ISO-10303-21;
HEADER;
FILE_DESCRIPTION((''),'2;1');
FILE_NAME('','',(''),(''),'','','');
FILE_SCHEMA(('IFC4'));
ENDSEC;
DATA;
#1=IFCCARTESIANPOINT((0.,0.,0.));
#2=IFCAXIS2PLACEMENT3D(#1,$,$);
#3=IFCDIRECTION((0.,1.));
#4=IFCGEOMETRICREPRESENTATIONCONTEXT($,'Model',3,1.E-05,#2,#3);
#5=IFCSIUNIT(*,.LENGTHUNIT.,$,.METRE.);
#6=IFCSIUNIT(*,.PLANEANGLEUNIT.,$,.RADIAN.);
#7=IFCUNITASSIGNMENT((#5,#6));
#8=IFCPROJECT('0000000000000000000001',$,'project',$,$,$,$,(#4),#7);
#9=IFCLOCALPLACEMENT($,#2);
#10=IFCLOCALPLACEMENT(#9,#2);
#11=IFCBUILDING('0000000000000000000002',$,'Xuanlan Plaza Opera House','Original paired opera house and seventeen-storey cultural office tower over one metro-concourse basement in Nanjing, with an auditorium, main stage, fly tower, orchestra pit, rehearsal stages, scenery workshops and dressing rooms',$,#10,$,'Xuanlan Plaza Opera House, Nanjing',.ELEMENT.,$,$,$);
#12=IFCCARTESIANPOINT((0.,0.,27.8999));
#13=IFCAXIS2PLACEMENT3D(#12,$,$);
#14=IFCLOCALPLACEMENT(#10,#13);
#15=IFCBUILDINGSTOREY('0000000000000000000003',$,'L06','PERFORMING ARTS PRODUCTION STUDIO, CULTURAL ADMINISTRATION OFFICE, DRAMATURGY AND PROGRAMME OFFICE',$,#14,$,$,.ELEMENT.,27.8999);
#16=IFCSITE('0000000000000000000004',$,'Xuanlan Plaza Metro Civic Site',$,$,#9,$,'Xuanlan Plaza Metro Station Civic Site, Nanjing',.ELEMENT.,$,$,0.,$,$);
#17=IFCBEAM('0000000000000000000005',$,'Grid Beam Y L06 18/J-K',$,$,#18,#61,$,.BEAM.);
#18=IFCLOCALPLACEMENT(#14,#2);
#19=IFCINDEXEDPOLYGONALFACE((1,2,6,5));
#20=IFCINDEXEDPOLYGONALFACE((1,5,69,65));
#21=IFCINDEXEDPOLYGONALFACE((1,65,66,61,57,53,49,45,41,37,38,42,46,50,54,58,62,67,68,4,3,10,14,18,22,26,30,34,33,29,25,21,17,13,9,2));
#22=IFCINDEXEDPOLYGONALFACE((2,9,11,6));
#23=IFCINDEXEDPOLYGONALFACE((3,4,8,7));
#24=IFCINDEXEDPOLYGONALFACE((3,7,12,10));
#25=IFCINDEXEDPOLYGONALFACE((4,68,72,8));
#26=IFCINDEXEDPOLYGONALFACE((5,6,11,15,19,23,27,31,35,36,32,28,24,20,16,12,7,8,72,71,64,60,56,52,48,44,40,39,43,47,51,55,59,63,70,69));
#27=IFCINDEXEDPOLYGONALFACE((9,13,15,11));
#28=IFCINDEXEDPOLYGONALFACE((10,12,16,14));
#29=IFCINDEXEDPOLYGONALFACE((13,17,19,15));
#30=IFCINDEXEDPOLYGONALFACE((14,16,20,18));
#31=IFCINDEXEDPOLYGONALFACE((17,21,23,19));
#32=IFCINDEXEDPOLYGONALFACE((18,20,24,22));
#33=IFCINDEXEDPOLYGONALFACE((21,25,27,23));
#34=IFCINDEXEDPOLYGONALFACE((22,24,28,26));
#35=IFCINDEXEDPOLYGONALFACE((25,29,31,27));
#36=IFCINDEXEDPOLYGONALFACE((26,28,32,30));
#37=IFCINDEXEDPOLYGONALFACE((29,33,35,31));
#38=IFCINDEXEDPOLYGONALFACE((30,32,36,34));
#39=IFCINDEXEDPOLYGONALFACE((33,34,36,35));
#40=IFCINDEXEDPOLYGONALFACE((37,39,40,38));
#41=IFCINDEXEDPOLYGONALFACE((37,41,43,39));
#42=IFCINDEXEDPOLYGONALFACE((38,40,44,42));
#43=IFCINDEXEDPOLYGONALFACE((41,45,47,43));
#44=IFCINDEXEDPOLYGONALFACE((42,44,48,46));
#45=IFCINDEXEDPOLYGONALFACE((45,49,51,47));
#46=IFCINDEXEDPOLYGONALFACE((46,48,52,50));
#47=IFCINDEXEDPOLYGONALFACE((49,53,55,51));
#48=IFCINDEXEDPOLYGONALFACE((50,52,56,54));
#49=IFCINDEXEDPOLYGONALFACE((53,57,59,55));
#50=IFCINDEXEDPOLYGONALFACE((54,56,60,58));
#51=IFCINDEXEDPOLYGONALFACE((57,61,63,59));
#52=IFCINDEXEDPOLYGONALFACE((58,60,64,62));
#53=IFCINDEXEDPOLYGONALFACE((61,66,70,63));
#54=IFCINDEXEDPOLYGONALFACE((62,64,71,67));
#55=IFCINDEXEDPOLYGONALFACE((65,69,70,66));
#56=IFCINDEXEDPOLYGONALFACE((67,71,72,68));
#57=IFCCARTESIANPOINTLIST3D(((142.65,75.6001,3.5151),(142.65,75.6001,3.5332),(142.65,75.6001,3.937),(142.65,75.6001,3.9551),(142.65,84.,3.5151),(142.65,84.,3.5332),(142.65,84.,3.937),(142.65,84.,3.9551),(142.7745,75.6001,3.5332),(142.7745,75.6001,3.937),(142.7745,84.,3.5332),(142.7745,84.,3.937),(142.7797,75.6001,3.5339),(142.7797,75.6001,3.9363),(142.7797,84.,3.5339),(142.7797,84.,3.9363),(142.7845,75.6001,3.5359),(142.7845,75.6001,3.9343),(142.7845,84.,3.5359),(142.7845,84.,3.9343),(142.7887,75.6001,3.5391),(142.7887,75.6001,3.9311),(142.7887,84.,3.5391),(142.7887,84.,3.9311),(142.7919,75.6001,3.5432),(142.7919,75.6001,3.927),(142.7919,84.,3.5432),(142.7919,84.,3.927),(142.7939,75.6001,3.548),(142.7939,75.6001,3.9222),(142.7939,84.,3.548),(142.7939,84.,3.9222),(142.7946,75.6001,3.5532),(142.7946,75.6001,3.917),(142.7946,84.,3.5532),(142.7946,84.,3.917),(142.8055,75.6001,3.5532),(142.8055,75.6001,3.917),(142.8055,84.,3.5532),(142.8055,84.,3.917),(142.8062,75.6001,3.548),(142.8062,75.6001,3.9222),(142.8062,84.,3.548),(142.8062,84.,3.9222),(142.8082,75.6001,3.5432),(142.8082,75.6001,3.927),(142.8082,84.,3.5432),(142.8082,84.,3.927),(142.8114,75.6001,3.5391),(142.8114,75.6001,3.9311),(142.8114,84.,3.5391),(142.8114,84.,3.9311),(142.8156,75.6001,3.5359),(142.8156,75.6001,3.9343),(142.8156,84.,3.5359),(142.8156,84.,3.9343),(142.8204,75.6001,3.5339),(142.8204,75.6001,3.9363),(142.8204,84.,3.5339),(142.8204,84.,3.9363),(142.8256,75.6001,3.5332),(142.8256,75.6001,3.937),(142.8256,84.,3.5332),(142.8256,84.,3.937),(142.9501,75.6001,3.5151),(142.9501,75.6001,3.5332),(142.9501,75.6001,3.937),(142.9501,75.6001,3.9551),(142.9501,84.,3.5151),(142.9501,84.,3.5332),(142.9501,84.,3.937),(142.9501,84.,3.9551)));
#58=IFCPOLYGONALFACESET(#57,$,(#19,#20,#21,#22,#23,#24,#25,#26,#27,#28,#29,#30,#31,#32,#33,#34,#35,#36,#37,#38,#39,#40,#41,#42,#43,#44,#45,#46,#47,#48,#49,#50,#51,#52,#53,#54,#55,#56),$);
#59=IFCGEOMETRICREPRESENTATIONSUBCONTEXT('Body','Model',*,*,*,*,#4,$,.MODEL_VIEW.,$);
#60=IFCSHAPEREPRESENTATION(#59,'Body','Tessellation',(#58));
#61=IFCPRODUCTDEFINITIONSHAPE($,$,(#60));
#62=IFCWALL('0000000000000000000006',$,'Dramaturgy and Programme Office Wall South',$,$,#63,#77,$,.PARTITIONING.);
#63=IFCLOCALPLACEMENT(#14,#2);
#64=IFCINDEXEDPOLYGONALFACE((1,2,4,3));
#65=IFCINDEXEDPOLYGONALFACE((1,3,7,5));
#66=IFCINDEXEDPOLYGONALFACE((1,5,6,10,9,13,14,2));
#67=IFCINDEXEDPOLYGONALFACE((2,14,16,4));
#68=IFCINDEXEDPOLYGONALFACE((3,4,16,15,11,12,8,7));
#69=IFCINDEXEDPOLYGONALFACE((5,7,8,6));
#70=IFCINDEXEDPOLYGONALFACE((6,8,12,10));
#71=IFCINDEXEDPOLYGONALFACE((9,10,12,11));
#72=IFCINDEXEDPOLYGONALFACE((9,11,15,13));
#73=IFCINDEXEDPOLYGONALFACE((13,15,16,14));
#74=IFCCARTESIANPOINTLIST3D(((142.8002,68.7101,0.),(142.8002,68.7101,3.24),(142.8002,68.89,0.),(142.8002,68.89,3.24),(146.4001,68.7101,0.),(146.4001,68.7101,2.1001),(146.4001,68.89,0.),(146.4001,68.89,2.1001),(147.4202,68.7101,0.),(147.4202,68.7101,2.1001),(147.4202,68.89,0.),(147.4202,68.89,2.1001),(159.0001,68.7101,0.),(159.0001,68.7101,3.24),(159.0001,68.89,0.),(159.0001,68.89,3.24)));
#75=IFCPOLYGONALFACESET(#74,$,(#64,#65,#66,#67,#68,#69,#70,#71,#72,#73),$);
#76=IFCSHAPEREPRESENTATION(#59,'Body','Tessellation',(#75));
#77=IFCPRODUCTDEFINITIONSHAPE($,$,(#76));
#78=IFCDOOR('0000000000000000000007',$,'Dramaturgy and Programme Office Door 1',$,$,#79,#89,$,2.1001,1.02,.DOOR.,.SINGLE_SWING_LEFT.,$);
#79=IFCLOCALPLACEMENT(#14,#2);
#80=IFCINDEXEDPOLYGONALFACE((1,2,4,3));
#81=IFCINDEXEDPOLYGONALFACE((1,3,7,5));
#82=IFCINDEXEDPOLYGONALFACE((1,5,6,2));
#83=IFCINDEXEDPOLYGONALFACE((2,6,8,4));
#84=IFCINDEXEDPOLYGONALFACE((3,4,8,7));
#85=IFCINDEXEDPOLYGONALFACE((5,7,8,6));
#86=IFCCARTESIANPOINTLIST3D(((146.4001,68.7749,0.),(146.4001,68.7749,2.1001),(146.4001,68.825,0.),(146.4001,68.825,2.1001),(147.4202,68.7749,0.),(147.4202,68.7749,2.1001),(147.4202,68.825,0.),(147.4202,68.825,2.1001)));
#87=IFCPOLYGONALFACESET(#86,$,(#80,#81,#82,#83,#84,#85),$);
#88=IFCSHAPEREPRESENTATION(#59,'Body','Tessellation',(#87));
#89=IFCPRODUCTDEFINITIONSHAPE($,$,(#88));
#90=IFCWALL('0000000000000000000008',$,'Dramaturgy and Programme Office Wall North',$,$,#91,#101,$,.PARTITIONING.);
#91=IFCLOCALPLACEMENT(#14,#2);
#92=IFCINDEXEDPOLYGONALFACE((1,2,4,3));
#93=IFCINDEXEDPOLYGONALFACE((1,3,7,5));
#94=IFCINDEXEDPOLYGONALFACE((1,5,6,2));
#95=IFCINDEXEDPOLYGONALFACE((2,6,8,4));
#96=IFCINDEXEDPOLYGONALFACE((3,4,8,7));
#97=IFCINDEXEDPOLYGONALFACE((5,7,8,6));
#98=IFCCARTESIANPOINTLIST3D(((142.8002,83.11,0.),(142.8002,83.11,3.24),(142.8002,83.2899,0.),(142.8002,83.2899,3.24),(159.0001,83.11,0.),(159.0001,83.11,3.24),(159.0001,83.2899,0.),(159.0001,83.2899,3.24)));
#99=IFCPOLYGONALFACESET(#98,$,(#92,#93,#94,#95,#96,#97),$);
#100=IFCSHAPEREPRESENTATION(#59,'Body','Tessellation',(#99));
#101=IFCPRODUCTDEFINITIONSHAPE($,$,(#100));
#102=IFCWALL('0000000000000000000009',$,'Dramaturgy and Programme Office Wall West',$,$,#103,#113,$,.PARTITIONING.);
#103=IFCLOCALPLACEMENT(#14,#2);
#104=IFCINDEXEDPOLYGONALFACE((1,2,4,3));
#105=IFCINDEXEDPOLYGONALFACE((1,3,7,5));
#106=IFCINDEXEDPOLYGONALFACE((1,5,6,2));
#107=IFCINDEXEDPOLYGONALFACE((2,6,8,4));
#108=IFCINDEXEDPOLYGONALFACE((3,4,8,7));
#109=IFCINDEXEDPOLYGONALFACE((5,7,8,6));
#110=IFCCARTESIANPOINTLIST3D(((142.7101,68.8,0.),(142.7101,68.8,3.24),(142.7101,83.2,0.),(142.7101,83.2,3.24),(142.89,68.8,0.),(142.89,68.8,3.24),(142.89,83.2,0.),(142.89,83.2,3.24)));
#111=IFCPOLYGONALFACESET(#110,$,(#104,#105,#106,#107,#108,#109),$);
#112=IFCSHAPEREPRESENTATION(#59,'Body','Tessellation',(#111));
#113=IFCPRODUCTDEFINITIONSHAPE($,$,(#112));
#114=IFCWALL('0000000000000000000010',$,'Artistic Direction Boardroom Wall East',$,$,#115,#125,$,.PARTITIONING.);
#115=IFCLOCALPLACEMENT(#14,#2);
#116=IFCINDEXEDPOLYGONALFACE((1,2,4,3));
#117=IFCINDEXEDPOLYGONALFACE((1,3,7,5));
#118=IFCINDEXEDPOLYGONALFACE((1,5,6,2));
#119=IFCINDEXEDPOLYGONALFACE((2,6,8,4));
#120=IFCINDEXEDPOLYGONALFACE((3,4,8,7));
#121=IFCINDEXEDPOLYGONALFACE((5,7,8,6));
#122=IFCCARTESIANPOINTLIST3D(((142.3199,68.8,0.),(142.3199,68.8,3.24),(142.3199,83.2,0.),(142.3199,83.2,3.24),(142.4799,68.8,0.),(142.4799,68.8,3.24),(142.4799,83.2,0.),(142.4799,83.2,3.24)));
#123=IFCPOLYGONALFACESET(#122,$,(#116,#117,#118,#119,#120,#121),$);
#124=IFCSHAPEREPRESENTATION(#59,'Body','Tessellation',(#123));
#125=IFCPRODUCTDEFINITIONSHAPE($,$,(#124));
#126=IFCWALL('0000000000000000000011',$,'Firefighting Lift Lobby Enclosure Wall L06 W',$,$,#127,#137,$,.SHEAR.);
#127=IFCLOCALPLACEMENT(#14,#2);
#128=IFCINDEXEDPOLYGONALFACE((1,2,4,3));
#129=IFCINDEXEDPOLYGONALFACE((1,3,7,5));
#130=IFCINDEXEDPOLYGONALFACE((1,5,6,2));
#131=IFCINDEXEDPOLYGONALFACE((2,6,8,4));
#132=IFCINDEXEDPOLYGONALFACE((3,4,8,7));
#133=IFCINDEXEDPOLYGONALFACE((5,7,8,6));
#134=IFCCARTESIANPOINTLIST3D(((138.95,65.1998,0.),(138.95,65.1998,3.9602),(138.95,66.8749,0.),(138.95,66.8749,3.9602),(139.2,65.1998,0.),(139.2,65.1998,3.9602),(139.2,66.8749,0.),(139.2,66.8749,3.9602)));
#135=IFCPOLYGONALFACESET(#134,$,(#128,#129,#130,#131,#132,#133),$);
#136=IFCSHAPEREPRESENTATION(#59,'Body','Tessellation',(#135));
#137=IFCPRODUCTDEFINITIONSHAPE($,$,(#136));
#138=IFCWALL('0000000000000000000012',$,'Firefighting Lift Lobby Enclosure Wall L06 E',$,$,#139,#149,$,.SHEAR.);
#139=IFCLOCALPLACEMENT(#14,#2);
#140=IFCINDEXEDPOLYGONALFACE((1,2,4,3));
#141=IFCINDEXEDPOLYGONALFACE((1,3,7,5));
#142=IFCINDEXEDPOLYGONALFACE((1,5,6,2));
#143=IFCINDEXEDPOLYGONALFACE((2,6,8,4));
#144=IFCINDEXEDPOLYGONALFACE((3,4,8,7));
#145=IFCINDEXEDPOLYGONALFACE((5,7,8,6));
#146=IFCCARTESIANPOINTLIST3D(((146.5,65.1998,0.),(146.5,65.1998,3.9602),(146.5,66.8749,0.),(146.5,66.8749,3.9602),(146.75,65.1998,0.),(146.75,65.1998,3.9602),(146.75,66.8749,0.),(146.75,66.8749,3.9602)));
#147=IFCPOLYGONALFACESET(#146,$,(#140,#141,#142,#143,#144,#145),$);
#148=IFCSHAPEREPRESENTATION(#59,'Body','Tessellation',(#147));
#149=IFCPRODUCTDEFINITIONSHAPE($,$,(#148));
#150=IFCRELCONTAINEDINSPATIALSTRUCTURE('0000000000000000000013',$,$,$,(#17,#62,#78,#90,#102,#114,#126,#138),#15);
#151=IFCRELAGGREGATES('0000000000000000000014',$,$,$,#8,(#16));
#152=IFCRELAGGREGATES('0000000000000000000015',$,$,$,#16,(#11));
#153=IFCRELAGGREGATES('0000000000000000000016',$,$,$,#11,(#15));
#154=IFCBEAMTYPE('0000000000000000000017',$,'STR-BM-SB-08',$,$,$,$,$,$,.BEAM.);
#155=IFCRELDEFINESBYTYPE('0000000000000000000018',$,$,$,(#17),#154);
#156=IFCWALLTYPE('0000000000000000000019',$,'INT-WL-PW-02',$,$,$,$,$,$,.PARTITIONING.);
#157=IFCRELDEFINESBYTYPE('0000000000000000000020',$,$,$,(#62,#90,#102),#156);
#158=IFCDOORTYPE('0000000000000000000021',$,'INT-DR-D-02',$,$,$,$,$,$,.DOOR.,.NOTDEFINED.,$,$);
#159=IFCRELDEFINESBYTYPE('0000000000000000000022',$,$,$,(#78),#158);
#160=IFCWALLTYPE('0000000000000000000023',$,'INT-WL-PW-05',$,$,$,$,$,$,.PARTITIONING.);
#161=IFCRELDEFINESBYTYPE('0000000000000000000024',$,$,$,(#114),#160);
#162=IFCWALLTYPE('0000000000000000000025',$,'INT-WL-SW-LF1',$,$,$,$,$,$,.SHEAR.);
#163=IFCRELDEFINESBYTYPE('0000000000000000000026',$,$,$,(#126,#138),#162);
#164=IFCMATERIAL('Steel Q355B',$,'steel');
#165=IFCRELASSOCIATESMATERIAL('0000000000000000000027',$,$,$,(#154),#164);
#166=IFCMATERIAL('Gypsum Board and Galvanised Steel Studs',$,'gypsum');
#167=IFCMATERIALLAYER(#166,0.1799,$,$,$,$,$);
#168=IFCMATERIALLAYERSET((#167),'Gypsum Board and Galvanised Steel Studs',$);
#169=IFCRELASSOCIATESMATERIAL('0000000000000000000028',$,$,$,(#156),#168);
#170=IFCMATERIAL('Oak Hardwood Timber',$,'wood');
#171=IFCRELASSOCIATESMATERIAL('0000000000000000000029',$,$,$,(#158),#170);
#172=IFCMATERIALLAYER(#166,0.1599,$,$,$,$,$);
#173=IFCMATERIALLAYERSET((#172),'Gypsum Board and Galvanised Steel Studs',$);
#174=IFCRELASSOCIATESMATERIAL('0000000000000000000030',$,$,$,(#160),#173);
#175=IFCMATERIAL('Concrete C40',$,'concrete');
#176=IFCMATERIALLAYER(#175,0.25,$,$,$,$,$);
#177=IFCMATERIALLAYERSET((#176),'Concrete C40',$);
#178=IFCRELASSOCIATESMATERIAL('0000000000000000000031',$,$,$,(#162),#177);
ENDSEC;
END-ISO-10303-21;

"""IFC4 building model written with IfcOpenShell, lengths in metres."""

from ifc_helpers import new_model, si_unit, direction, frame, frame_2d, origin, origin_2d, place, context, subcontext, project, spatial, rectangle, i_section, extrude, material, layer, layer_set, material_profile, profile_set, type_object, element, fill, save


model = new_model("IFC4")

# Units and contexts
model_context = context("Model", 3, precision=1e-05, world=origin(), true_north=direction((0.0, 1.0)))
body_context = subcontext(model_context, "Body", "Model", "MODEL_VIEW")
ifc_project = project(units=[si_unit("LENGTHUNIT", "METRE"), si_unit("PLANEANGLEUNIT", "RADIAN")], contexts=[model_context])

# Site, building, storey
site_placement = place(None, origin())
site = spatial("IfcSite", under=ifc_project, at=site_placement, Name="Xuanlan Plaza Metro Civic Site", LongName="Xuanlan Plaza Metro Station Civic Site, Nanjing", CompositionType="ELEMENT", RefElevation=0.0)
building_placement = place(site_placement, origin())
building = spatial("IfcBuilding", under=site, at=building_placement, Name="Xuanlan Plaza Opera House", Description="Original paired opera house and seventeen-storey cultural office tower over one metro-concourse basement in Nanjing, with an auditorium, main stage, fly tower, orchestra pit, rehearsal stages, scenery workshops and dressing rooms", LongName="Xuanlan Plaza Opera House, Nanjing", CompositionType="ELEMENT")
storey_placement = place(building_placement, frame((0.0, 0.0, 27.8999)))
storey = spatial("IfcBuildingStorey", under=building, at=storey_placement, Name="L06", Description="PERFORMING ARTS PRODUCTION STUDIO, CULTURAL ADMINISTRATION OFFICE, DRAMATURGY AND PROGRAMME OFFICE", CompositionType="ELEMENT", Elevation=27.8999)

# Shared definitions
ifc_material_1 = material(Name="Steel Q355B", Category="steel")

# Beam
ifc_material_2 = material(Name="Concrete C40", Category="concrete")
ifc_material_profile_1 = material_profile(ifc_material_1, i_section(OverallWidth=0.3, OverallDepth=0.4399, WebThickness=0.011, FlangeThickness=0.0181, FilletRadius=0.02, at=origin_2d()), Name="HM 440x300x11x18")
ifc_profile_set_1 = profile_set([ifc_material_profile_1], Name="Steel Q355B")
beam_type_1 = type_object("IfcBeamType", Name="STR-BM-SB-08", PredefinedType="BEAM", material=ifc_profile_set_1)
beam_1_placement = place(storey_placement, frame((142.8, 75.6001, 3.7351), z_axis=(0.0, 1.0, 0.0), x_axis=(-1.0, 0.0, 0.0)))
element("IfcBeam", 1, at=beam_1_placement, inside=storey, type_object=beam_type_1, Name="Grid Beam Y L06 18/J-K", PredefinedType="BEAM", context=body_context, shape_type="SweptSolid", body=[
    extrude(i_section(OverallWidth=0.3, OverallDepth=0.4399, WebThickness=0.011, FlangeThickness=0.0181, FilletRadius=0.02, at=origin_2d()), origin(), (0.0, 0.0, 1.0), 8.3999),
])

# Wall, opening, door
ifc_material_3 = material(Name="Gypsum Board and Galvanised Steel Studs", Category="gypsum")
ifc_layer_1 = layer(ifc_material_3, 0.1799)
ifc_layer_set_1 = layer_set([ifc_layer_1], Name="Gypsum Board and Galvanised Steel Studs")
wall_type_1 = type_object("IfcWallType", Name="INT-WL-PW-02", PredefinedType="PARTITIONING", material=ifc_layer_set_1)
wall_1_placement = place(storey_placement, frame((142.8, 68.8, 0.0), z_axis=(0.0, 0.0, 1.0), x_axis=(1.0, 0.0, 0.0)))
wall_1 = element("IfcWall", 2, at=wall_1_placement, inside=storey, type_object=wall_type_1, Name="Dramaturgy and Programme Office Wall South", PredefinedType="PARTITIONING", context=body_context, shape_type="SweptSolid", body=[
    extrude(rectangle(XDim=16.2, YDim=0.1799, at=frame_2d((8.1001, 0.0))), origin(), (0.0, 0.0, 1.0), 3.24),
])
opening_1_placement = place(wall_1_placement, frame((3.6001, 0.0, 0.0)))
opening_1 = element("IfcOpeningElement", 3, at=opening_1_placement, cuts=wall_1, PredefinedType="OPENING", context=body_context, shape_type="SweptSolid", body=[
    extrude(rectangle(XDim=1.02, YDim=2.1001, at=frame_2d((0.51, 1.05))), frame((0.0, 0.0999, 0.0), z_axis=(0.0, -1.0, 0.0), x_axis=(1.0, 0.0, 0.0)), (0.0, 0.0, 1.0), 0.2),
])
ifc_material_4 = material(Name="Oak Hardwood Timber", Category="wood")
door_type_1 = type_object("IfcDoorType", Name="INT-DR-D-02", OperationType="NOTDEFINED", PredefinedType="DOOR", material=ifc_material_4)
door_1_placement = place(opening_1_placement, origin())
door_1 = element("IfcDoor", 4, at=door_1_placement, inside=storey, type_object=door_type_1, Name="Dramaturgy and Programme Office Door 1", OperationType="SINGLE_SWING_LEFT", OverallHeight=2.1001, OverallWidth=1.02, PredefinedType="DOOR", context=body_context, shape_type="SweptSolid", body=[
    extrude(rectangle(XDim=1.02, YDim=2.1001, at=frame_2d((0.51, 1.05))), frame((0.0, 0.0249, 0.0), z_axis=(0.0, -1.0, 0.0), x_axis=(1.0, 0.0, 0.0)), (0.0, 0.0, 1.0), 0.05),
])
fill(opening_1, door_1)

# Walls
wall_2_placement = place(storey_placement, frame((142.8, 83.2, 0.0), z_axis=(0.0, 0.0, 1.0), x_axis=(1.0, 0.0, 0.0)))
element("IfcWall", 5, at=wall_2_placement, inside=storey, type_object=wall_type_1, Name="Dramaturgy and Programme Office Wall North", PredefinedType="PARTITIONING", context=body_context, shape_type="SweptSolid", body=[
    extrude(rectangle(XDim=16.2, YDim=0.1799, at=frame_2d((8.1001, 0.0))), origin(), (0.0, 0.0, 1.0), 3.24),
])
wall_3_placement = place(storey_placement, frame((142.8, 68.8, 0.0), z_axis=(0.0, 0.0, 1.0), x_axis=(0.0, 1.0, 0.0)))
element("IfcWall", 6, at=wall_3_placement, inside=storey, type_object=wall_type_1, Name="Dramaturgy and Programme Office Wall West", PredefinedType="PARTITIONING", context=body_context, shape_type="SweptSolid", body=[
    extrude(rectangle(XDim=14.3999, YDim=0.1799, at=frame_2d((7.2, 0.0))), origin(), (0.0, 0.0, 1.0), 3.24),
])
ifc_layer_2 = layer(ifc_material_3, 0.1599)
ifc_layer_set_2 = layer_set([ifc_layer_2], Name="Gypsum Board and Galvanised Steel Studs")
wall_type_2 = type_object("IfcWallType", Name="INT-WL-PW-05", PredefinedType="PARTITIONING", material=ifc_layer_set_2)
wall_4_placement = place(storey_placement, frame((142.3999, 68.8, 0.0), z_axis=(0.0, 0.0, 1.0), x_axis=(0.0, 1.0, 0.0)))
element("IfcWall", 7, at=wall_4_placement, inside=storey, type_object=wall_type_2, Name="Artistic Direction Boardroom Wall East", PredefinedType="PARTITIONING", context=body_context, shape_type="SweptSolid", body=[
    extrude(rectangle(XDim=14.3999, YDim=0.1599, at=frame_2d((7.2, 0.0))), origin(), (0.0, 0.0, 1.0), 3.24),
])
ifc_layer_3 = layer(ifc_material_2, 0.25)
ifc_layer_set_3 = layer_set([ifc_layer_3], Name="Concrete C40")
wall_type_3 = type_object("IfcWallType", Name="INT-WL-SW-LF1", PredefinedType="SHEAR", material=ifc_layer_set_3)
for number, where, z_axis, x_axis, name in (
    (8, (139.075, 65.2, 0.0), (0.0, 0.0, 1.0), (0.0, 1.0, 0.0), "Firefighting Lift Lobby Enclosure Wall L06 W"),
    (9, (146.625, 65.2, 0.0), (0.0, 0.0, 1.0), (0.0, 1.0, 0.0), "Firefighting Lift Lobby Enclosure Wall L06 E"),
):
    element("IfcWall", number, at=place(storey_placement, frame(where, z_axis=z_axis, x_axis=x_axis)), inside=storey, type_object=wall_type_3, Name=name, PredefinedType="SHEAR", context=body_context, shape_type="SweptSolid", body=[
        extrude(rectangle(XDim=1.675, YDim=0.25, at=frame_2d((0.8374, 0.0))), origin(), (0.0, 0.0, 1.0), 3.9602),
    ])

save(model, "model.ifc")
